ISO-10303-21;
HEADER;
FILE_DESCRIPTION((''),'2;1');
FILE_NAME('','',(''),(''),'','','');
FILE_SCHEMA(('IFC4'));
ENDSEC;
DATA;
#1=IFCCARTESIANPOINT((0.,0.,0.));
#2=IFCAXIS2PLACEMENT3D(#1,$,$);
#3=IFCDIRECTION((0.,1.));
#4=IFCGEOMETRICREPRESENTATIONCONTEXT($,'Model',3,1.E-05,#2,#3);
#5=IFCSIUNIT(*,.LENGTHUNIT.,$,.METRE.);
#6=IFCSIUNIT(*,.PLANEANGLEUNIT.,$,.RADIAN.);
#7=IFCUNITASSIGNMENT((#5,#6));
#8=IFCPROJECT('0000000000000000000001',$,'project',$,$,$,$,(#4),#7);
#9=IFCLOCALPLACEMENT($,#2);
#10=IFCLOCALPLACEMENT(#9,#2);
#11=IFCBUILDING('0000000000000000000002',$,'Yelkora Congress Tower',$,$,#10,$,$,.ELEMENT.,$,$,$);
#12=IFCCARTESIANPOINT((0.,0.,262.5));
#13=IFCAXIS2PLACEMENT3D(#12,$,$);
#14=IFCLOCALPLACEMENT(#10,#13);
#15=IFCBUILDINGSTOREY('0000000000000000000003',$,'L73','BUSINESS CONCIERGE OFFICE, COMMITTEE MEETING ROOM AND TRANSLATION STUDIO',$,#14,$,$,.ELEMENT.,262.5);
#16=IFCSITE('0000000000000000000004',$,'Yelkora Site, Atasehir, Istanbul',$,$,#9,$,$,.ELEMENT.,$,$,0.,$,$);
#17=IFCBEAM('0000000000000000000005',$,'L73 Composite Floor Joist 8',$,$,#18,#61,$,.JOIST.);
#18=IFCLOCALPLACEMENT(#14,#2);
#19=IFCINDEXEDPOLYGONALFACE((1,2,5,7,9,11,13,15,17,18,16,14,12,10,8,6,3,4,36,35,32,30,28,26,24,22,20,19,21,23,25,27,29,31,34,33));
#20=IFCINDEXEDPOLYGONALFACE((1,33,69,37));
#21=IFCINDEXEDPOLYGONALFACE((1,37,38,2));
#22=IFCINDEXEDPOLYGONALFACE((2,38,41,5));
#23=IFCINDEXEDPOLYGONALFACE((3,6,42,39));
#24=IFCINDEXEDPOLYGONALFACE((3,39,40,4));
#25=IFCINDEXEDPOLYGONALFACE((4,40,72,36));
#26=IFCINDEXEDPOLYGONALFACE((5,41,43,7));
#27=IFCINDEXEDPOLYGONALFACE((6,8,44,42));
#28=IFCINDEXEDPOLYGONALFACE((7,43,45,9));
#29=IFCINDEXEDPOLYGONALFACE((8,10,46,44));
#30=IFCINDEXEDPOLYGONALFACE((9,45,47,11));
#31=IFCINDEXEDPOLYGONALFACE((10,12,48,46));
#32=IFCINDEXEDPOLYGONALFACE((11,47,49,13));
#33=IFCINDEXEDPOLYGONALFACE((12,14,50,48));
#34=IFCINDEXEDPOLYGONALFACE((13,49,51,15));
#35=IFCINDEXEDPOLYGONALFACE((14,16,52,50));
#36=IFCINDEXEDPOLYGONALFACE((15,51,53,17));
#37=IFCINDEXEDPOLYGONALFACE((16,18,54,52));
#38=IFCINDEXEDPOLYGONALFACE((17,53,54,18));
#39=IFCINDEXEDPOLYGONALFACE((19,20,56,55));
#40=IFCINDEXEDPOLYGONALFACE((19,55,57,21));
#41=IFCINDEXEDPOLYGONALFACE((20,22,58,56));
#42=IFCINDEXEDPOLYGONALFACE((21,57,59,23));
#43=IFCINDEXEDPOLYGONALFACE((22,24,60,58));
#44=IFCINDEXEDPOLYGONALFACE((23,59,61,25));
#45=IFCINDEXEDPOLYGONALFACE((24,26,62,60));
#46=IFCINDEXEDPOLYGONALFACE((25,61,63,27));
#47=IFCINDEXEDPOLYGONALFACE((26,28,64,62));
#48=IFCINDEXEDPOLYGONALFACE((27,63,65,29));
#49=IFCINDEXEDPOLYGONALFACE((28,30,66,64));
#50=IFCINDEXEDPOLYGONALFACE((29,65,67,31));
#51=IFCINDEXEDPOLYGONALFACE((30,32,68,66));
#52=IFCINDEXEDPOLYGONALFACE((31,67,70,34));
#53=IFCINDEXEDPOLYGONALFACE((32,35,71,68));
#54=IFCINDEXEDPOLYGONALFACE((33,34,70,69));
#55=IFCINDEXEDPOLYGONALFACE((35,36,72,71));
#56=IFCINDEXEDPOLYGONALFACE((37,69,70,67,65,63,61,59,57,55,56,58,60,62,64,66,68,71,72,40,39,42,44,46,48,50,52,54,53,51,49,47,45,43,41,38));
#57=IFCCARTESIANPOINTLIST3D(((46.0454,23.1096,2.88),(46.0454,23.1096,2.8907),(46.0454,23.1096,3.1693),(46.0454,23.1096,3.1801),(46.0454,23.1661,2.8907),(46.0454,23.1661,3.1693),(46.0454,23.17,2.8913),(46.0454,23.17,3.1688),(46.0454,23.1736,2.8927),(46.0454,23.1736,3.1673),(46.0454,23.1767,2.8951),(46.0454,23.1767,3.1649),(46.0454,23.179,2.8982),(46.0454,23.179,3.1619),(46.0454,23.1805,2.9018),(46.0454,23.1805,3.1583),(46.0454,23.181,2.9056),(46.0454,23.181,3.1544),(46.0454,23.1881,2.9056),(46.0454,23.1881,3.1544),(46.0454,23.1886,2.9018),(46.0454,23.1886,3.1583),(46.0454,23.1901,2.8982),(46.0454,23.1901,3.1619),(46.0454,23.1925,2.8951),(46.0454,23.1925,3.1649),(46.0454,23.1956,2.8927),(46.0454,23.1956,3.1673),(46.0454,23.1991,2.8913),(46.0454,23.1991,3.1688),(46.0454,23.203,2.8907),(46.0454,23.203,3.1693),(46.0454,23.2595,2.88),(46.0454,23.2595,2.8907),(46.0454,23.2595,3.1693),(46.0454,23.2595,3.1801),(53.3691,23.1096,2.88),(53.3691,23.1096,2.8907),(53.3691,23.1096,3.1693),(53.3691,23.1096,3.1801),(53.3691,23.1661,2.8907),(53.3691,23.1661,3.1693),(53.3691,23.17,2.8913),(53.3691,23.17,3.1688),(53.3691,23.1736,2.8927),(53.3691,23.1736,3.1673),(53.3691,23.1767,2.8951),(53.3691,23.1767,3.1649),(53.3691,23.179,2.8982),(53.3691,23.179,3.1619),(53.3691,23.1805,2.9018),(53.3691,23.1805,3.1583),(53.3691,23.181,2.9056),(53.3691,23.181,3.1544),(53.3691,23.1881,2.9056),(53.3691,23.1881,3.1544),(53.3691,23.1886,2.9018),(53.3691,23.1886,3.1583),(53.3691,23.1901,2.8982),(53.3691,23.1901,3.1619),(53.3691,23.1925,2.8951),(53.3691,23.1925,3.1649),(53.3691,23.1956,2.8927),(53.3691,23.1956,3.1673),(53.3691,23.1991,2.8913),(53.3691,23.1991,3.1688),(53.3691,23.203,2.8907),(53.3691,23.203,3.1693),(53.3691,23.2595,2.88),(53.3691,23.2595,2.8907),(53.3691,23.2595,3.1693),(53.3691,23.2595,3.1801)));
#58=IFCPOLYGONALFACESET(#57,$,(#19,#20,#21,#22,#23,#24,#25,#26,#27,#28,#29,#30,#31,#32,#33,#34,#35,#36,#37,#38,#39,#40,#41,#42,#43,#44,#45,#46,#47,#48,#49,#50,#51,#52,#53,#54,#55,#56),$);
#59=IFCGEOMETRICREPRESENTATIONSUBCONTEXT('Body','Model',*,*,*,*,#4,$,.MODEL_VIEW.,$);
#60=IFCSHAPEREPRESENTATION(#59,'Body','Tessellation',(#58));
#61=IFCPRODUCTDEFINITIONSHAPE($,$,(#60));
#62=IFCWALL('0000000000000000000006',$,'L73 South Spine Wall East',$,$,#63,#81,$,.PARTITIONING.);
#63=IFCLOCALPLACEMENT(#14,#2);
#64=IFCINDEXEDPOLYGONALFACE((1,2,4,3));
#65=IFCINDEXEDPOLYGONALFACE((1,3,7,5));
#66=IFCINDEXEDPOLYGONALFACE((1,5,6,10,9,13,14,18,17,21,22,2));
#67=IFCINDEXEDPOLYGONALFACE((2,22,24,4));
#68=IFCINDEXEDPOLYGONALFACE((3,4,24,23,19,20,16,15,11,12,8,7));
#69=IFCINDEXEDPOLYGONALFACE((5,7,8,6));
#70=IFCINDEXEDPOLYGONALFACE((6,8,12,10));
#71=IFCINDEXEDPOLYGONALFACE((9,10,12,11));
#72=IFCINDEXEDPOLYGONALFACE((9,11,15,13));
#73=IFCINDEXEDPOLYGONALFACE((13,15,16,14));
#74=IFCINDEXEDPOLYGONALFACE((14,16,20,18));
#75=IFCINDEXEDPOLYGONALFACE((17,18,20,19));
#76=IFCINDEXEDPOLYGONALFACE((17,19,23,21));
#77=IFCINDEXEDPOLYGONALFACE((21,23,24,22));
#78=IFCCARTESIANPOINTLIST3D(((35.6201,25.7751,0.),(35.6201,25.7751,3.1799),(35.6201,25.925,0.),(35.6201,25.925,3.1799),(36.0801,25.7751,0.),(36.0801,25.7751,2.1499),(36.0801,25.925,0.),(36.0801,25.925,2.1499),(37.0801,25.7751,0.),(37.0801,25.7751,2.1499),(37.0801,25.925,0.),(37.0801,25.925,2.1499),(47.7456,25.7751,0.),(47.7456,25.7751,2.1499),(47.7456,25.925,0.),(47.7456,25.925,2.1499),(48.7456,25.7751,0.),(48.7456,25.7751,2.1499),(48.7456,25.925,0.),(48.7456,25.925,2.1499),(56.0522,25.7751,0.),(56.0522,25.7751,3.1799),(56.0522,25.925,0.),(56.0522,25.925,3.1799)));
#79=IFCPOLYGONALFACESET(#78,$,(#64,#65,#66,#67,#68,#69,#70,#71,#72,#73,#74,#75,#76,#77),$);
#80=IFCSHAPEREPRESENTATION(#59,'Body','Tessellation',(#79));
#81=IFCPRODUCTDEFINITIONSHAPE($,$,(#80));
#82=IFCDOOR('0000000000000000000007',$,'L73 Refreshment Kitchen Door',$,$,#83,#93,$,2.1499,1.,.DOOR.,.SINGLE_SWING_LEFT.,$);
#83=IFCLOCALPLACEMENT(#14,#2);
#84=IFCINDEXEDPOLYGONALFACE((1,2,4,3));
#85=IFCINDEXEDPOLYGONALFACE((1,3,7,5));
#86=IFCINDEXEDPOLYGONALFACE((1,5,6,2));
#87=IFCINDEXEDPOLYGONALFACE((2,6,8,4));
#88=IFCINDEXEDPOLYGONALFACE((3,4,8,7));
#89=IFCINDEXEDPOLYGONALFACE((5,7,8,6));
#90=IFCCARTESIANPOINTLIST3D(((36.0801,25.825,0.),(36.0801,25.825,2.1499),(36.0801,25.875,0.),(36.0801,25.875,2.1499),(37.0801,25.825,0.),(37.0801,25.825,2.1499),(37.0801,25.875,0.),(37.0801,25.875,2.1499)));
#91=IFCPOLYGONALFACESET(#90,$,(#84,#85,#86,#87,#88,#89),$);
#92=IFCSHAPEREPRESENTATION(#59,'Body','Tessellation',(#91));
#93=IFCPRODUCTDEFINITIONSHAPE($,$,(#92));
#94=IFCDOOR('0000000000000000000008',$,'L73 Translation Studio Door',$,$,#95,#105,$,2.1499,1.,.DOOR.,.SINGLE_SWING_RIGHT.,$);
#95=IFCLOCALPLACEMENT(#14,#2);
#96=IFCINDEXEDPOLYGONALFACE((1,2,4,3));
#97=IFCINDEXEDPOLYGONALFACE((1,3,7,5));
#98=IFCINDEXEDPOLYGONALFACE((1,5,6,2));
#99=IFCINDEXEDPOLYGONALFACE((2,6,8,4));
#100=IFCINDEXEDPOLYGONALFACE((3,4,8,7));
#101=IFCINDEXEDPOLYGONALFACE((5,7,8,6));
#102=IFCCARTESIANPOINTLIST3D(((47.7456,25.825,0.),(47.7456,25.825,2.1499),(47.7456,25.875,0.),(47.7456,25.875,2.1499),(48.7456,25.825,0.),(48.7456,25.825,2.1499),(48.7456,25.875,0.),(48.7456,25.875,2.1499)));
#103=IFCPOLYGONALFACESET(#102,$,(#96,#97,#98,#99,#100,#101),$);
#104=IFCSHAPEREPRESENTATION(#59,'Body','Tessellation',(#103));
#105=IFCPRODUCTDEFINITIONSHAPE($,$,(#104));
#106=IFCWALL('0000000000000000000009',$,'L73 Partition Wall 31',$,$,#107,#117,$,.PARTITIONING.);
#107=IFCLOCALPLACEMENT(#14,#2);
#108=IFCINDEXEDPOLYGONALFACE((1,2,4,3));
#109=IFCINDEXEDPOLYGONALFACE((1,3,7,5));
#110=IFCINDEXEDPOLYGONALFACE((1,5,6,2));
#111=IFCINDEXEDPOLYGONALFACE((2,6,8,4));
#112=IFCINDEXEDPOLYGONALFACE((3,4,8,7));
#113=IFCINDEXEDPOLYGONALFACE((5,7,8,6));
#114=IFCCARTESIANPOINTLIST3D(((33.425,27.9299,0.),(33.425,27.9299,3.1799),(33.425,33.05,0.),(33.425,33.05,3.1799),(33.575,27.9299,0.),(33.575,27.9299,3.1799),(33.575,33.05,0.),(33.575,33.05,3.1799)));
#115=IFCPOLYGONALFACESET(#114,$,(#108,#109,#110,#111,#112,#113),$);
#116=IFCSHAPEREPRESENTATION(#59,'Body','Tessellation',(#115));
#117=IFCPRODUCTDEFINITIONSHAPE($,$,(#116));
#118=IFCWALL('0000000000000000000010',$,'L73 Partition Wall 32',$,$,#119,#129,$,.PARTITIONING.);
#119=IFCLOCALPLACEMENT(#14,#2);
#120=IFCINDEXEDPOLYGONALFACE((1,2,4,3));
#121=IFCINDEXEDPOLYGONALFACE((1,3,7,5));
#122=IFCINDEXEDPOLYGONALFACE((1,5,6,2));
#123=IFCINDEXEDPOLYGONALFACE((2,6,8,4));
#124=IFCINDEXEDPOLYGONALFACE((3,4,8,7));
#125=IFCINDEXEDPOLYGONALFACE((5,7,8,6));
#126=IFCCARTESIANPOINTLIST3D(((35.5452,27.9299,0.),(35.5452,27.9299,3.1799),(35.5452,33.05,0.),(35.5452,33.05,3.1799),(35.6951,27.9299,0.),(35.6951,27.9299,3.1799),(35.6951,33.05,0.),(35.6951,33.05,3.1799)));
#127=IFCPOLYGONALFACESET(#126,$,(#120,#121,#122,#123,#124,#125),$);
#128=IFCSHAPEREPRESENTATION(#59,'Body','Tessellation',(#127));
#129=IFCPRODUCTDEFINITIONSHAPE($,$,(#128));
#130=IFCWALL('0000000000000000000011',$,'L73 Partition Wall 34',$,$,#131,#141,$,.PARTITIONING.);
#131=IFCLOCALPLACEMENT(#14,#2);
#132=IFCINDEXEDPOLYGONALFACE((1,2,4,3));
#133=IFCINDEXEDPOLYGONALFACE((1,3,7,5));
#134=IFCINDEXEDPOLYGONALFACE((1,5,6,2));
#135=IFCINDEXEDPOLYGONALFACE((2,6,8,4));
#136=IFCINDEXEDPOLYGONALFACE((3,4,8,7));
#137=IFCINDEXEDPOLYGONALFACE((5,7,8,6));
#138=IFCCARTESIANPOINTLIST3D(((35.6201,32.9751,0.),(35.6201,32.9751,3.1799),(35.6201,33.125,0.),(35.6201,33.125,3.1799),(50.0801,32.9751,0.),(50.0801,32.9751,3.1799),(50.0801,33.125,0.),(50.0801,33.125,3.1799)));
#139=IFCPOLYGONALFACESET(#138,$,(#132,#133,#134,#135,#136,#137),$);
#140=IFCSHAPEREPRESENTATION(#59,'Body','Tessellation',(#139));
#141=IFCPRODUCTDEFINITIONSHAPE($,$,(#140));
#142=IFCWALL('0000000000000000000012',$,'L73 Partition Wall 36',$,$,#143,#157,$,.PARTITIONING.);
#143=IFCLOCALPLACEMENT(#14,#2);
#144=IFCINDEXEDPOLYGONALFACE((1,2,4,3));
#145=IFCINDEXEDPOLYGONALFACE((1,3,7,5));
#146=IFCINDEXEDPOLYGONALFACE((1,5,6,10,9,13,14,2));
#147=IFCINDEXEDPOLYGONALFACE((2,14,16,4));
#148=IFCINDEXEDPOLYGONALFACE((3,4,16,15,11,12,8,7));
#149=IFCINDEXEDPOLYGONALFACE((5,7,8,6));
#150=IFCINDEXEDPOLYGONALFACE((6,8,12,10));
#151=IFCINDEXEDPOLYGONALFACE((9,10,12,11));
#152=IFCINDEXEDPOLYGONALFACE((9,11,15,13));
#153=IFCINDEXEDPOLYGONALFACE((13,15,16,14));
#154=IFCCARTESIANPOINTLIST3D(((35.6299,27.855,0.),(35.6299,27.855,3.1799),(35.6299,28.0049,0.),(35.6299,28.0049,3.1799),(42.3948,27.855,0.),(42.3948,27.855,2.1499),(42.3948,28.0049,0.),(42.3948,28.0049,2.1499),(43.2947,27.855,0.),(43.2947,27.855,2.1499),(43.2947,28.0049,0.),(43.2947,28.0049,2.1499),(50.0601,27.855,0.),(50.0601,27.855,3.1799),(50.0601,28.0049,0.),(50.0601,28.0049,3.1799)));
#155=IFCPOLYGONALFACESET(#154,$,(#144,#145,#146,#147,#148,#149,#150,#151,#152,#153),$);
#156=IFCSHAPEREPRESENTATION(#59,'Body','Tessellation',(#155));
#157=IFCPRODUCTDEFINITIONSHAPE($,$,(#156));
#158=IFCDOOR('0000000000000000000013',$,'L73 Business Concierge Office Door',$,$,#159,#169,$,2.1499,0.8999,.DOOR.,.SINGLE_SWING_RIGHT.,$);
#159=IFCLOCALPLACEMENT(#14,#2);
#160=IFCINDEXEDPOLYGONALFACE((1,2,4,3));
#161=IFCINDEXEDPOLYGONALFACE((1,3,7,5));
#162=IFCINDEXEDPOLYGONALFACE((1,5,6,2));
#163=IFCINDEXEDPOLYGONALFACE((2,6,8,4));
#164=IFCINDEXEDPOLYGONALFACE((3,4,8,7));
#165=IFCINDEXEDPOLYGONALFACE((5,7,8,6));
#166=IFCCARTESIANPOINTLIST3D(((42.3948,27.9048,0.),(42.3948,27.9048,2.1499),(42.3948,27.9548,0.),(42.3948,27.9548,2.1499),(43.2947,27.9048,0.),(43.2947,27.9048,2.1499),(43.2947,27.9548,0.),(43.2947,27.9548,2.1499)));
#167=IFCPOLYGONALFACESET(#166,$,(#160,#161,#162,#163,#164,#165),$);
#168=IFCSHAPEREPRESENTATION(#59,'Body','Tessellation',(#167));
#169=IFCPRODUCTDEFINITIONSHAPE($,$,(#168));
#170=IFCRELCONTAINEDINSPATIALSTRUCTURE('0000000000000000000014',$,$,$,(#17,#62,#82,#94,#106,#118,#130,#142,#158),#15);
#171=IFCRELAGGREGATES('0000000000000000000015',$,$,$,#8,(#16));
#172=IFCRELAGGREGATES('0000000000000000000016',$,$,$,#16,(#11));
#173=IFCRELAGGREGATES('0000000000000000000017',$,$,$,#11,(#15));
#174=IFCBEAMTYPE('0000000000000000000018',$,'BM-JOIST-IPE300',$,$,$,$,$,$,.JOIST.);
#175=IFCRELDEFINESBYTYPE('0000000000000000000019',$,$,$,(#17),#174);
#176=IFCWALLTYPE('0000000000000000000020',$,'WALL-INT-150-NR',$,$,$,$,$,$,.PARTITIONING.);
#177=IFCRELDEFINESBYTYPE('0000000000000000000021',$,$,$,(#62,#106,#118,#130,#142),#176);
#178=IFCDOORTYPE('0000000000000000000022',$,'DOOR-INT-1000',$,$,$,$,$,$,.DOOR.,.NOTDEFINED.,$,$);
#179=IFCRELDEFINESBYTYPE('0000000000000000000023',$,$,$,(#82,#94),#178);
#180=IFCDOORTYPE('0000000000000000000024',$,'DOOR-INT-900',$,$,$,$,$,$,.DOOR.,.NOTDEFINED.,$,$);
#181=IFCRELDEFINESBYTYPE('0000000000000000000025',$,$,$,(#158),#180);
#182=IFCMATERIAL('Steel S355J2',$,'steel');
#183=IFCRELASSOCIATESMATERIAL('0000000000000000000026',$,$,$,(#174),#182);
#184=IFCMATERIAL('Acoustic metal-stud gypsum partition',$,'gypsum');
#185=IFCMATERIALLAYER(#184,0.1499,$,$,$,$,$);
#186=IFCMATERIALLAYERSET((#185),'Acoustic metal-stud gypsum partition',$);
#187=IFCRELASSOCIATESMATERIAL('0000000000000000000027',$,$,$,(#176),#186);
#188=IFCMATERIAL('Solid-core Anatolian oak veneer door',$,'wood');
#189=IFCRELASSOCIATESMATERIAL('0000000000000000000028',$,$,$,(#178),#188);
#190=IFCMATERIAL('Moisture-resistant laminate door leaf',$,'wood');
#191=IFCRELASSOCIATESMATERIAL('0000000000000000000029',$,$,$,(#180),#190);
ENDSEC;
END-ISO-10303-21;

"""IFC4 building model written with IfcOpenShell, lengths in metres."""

from ifc_helpers import new_model, si_unit, direction, frame, frame_2d, origin, origin_2d, place, context, subcontext, project, spatial, rectangle, i_section, extrude, material, layer, layer_set, material_profile, profile_set, type_object, element, fill, save


model = new_model("IFC4")

# Units and contexts
model_context = context("Model", 3, precision=1e-05, world=origin(), true_north=direction((0.0, 1.0)))
body_context = subcontext(model_context, "Body", "Model", "MODEL_VIEW")
ifc_project = project(units=[si_unit("LENGTHUNIT", "METRE"), si_unit("PLANEANGLEUNIT", "RADIAN")], contexts=[model_context])

# Site, building, storey
site_placement = place(None, origin())
site = spatial("IfcSite", under=ifc_project, at=site_placement, Name="Yelkora Site, Atasehir, Istanbul", CompositionType="ELEMENT", RefElevation=0.0)
building_placement = place(site_placement, origin())
building = spatial("IfcBuilding", under=site, at=building_placement, Name="Yelkora Congress Tower", CompositionType="ELEMENT")
storey_placement = place(building_placement, frame((0.0, 0.0, 262.5)))
storey = spatial("IfcBuildingStorey", under=building, at=storey_placement, Name="L73", Description="BUSINESS CONCIERGE OFFICE, COMMITTEE MEETING ROOM AND TRANSLATION STUDIO", CompositionType="ELEMENT", Elevation=262.5)

# Beam
ifc_material_1 = material(Name="Steel S355J2", Category="steel")
ifc_material_profile_1 = material_profile(ifc_material_1, i_section(OverallWidth=0.1499, OverallDepth=0.3, WebThickness=0.0071, FlangeThickness=0.0107, FilletRadius=0.0149, at=origin_2d()), Name="IPE 300")
ifc_profile_set_1 = profile_set([ifc_material_profile_1], Name="Steel S355J2")
beam_type_1 = type_object("IfcBeamType", Name="BM-JOIST-IPE300", PredefinedType="JOIST", material=ifc_profile_set_1)
beam_1_placement = place(storey_placement, frame((46.0454, 23.1846, 3.03), z_axis=(1.0, 0.0, 0.0), x_axis=(0.0, 1.0, 0.0)))
element("IfcBeam", 1, at=beam_1_placement, inside=storey, type_object=beam_type_1, Name="L73 Composite Floor Joist 8", PredefinedType="JOIST", context=body_context, shape_type="SweptSolid", body=[
    extrude(i_section(OverallWidth=0.1499, OverallDepth=0.3, WebThickness=0.0071, FlangeThickness=0.0107, FilletRadius=0.0149, at=origin_2d()), origin(), (0.0, 0.0, 1.0), 7.3237),
])

# Wall, openings, doors
ifc_material_2 = material(Name="Acoustic metal-stud gypsum partition", Category="gypsum")
ifc_layer_1 = layer(ifc_material_2, 0.1499)
ifc_layer_set_1 = layer_set([ifc_layer_1], Name="Acoustic metal-stud gypsum partition")
wall_type_1 = type_object("IfcWallType", Name="WALL-INT-150-NR", PredefinedType="PARTITIONING", material=ifc_layer_set_1)
wall_1_placement = place(storey_placement, frame((35.6201, 25.8501, 0.0), z_axis=(0.0, 0.0, 1.0), x_axis=(1.0, 0.0, 0.0)))
wall_1 = element("IfcWall", 2, at=wall_1_placement, inside=storey, type_object=wall_type_1, Name="L73 South Spine Wall East", PredefinedType="PARTITIONING", context=body_context, shape_type="SweptSolid", body=[
    extrude(rectangle(XDim=20.4321, YDim=0.1499, at=frame_2d((10.2161, 0.0))), origin(), (0.0, 0.0, 1.0), 3.1799),
])
opening_1_placement = place(wall_1_placement, frame((0.46, 0.0, 0.0)))
opening_1 = element("IfcOpeningElement", 3, at=opening_1_placement, cuts=wall_1, PredefinedType="OPENING", context=body_context, shape_type="SweptSolid", body=[
    extrude(rectangle(XDim=1.0, YDim=2.1499, at=frame_2d((0.5, 1.075))), frame((0.0, 0.085, 0.0), z_axis=(0.0, -1.0, 0.0), x_axis=(1.0, 0.0, 0.0)), (0.0, 0.0, 1.0), 0.1699),
])
opening_2_placement = place(wall_1_placement, frame((12.1255, 0.0, 0.0)))
opening_2 = element("IfcOpeningElement", 4, at=opening_2_placement, cuts=wall_1, PredefinedType="OPENING", context=body_context, shape_type="SweptSolid", body=[
    extrude(rectangle(XDim=1.0, YDim=2.1499, at=frame_2d((0.5, 1.075))), frame((0.0, 0.085, 0.0), z_axis=(0.0, -1.0, 0.0), x_axis=(1.0, 0.0, 0.0)), (0.0, 0.0, 1.0), 0.1699),
])
ifc_material_3 = material(Name="Solid-core Anatolian oak veneer door", Category="wood")
door_type_1 = type_object("IfcDoorType", Name="DOOR-INT-1000", OperationType="NOTDEFINED", PredefinedType="DOOR", material=ifc_material_3)
door_1_placement = place(opening_1_placement, origin())
door_1 = element("IfcDoor", 5, at=door_1_placement, inside=storey, type_object=door_type_1, Name="L73 Refreshment Kitchen Door", OperationType="SINGLE_SWING_LEFT", OverallHeight=2.1499, OverallWidth=1.0, PredefinedType="DOOR", context=body_context, shape_type="SweptSolid", body=[
    extrude(rectangle(XDim=1.0, YDim=2.1499, at=frame_2d((0.5, 1.075))), frame((0.0, 0.0249, 0.0), z_axis=(0.0, -1.0, 0.0), x_axis=(1.0, 0.0, 0.0)), (0.0, 0.0, 1.0), 0.05),
])
fill(opening_1, door_1)
door_2_placement = place(opening_2_placement, origin())
door_2 = element("IfcDoor", 6, at=door_2_placement, inside=storey, type_object=door_type_1, Name="L73 Translation Studio Door", OperationType="SINGLE_SWING_RIGHT", OverallHeight=2.1499, OverallWidth=1.0, PredefinedType="DOOR", context=body_context, shape_type="SweptSolid", body=[
    extrude(rectangle(XDim=1.0, YDim=2.1499, at=frame_2d((0.5, 1.075))), frame((0.0, 0.0249, 0.0), z_axis=(0.0, -1.0, 0.0), x_axis=(1.0, 0.0, 0.0)), (0.0, 0.0, 1.0), 0.05),
])
fill(opening_2, door_2)

# Walls
for number, where, z_axis, x_axis, name in (
    (7, (33.5, 27.9299, 0.0), (0.0, 0.0, 1.0), (0.0, 1.0, 0.0), "L73 Partition Wall 31"),
    (8, (35.6201, 27.9299, 0.0), (0.0, 0.0, 1.0), (0.0, 1.0, 0.0), "L73 Partition Wall 32"),
):
    element("IfcWall", number, at=place(storey_placement, frame(where, z_axis=z_axis, x_axis=x_axis)), inside=storey, type_object=wall_type_1, Name=name, PredefinedType="PARTITIONING", context=body_context, shape_type="SweptSolid", body=[
        extrude(rectangle(XDim=5.1201, YDim=0.1499, at=frame_2d((2.5601, 0.0))), origin(), (0.0, 0.0, 1.0), 3.1799),
    ])
wall_2_placement = place(storey_placement, frame((35.6201, 33.05, 0.0), z_axis=(0.0, 0.0, 1.0), x_axis=(1.0, 0.0, 0.0)))
element("IfcWall", 9, at=wall_2_placement, inside=storey, type_object=wall_type_1, Name="L73 Partition Wall 34", PredefinedType="PARTITIONING", context=body_context, shape_type="SweptSolid", body=[
    extrude(rectangle(XDim=14.46, YDim=0.1499, at=frame_2d((7.23, 0.0))), origin(), (0.0, 0.0, 1.0), 3.1799),
])

# Wall, opening, door
wall_3_placement = place(storey_placement, frame((35.6299, 27.9299, 0.0), z_axis=(0.0, 0.0, 1.0), x_axis=(1.0, 0.0, 0.0)))
wall_3 = element("IfcWall", 10, at=wall_3_placement, inside=storey, type_object=wall_type_1, Name="L73 Partition Wall 36", PredefinedType="PARTITIONING", context=body_context, shape_type="SweptSolid", body=[
    extrude(rectangle(XDim=14.4302, YDim=0.1499, at=frame_2d((7.2151, 0.0))), origin(), (0.0, 0.0, 1.0), 3.1799),
])
opening_3_placement = place(wall_3_placement, frame((6.7649, 0.0, 0.0)))
opening_3 = element("IfcOpeningElement", 11, at=opening_3_placement, cuts=wall_3, PredefinedType="OPENING", context=body_context, shape_type="SweptSolid", body=[
    extrude(rectangle(XDim=0.8999, YDim=2.1499, at=frame_2d((0.45, 1.075))), frame((0.0, 0.085, 0.0), z_axis=(0.0, -1.0, 0.0), x_axis=(1.0, 0.0, 0.0)), (0.0, 0.0, 1.0), 0.1699),
])
ifc_material_4 = material(Name="Moisture-resistant laminate door leaf", Category="wood")
door_type_2 = type_object("IfcDoorType", Name="DOOR-INT-900", OperationType="NOTDEFINED", PredefinedType="DOOR", material=ifc_material_4)
door_3_placement = place(opening_3_placement, origin())
door_3 = element("IfcDoor", 12, at=door_3_placement, inside=storey, type_object=door_type_2, Name="L73 Business Concierge Office Door", OperationType="SINGLE_SWING_RIGHT", OverallHeight=2.1499, OverallWidth=0.8999, PredefinedType="DOOR", context=body_context, shape_type="SweptSolid", body=[
    extrude(rectangle(XDim=0.8999, YDim=2.1499, at=frame_2d((0.45, 1.075))), frame((0.0, 0.0249, 0.0), z_axis=(0.0, -1.0, 0.0), x_axis=(1.0, 0.0, 0.0)), (0.0, 0.0, 1.0), 0.05),
])
fill(opening_3, door_3)

save(model, "model.ifc")
